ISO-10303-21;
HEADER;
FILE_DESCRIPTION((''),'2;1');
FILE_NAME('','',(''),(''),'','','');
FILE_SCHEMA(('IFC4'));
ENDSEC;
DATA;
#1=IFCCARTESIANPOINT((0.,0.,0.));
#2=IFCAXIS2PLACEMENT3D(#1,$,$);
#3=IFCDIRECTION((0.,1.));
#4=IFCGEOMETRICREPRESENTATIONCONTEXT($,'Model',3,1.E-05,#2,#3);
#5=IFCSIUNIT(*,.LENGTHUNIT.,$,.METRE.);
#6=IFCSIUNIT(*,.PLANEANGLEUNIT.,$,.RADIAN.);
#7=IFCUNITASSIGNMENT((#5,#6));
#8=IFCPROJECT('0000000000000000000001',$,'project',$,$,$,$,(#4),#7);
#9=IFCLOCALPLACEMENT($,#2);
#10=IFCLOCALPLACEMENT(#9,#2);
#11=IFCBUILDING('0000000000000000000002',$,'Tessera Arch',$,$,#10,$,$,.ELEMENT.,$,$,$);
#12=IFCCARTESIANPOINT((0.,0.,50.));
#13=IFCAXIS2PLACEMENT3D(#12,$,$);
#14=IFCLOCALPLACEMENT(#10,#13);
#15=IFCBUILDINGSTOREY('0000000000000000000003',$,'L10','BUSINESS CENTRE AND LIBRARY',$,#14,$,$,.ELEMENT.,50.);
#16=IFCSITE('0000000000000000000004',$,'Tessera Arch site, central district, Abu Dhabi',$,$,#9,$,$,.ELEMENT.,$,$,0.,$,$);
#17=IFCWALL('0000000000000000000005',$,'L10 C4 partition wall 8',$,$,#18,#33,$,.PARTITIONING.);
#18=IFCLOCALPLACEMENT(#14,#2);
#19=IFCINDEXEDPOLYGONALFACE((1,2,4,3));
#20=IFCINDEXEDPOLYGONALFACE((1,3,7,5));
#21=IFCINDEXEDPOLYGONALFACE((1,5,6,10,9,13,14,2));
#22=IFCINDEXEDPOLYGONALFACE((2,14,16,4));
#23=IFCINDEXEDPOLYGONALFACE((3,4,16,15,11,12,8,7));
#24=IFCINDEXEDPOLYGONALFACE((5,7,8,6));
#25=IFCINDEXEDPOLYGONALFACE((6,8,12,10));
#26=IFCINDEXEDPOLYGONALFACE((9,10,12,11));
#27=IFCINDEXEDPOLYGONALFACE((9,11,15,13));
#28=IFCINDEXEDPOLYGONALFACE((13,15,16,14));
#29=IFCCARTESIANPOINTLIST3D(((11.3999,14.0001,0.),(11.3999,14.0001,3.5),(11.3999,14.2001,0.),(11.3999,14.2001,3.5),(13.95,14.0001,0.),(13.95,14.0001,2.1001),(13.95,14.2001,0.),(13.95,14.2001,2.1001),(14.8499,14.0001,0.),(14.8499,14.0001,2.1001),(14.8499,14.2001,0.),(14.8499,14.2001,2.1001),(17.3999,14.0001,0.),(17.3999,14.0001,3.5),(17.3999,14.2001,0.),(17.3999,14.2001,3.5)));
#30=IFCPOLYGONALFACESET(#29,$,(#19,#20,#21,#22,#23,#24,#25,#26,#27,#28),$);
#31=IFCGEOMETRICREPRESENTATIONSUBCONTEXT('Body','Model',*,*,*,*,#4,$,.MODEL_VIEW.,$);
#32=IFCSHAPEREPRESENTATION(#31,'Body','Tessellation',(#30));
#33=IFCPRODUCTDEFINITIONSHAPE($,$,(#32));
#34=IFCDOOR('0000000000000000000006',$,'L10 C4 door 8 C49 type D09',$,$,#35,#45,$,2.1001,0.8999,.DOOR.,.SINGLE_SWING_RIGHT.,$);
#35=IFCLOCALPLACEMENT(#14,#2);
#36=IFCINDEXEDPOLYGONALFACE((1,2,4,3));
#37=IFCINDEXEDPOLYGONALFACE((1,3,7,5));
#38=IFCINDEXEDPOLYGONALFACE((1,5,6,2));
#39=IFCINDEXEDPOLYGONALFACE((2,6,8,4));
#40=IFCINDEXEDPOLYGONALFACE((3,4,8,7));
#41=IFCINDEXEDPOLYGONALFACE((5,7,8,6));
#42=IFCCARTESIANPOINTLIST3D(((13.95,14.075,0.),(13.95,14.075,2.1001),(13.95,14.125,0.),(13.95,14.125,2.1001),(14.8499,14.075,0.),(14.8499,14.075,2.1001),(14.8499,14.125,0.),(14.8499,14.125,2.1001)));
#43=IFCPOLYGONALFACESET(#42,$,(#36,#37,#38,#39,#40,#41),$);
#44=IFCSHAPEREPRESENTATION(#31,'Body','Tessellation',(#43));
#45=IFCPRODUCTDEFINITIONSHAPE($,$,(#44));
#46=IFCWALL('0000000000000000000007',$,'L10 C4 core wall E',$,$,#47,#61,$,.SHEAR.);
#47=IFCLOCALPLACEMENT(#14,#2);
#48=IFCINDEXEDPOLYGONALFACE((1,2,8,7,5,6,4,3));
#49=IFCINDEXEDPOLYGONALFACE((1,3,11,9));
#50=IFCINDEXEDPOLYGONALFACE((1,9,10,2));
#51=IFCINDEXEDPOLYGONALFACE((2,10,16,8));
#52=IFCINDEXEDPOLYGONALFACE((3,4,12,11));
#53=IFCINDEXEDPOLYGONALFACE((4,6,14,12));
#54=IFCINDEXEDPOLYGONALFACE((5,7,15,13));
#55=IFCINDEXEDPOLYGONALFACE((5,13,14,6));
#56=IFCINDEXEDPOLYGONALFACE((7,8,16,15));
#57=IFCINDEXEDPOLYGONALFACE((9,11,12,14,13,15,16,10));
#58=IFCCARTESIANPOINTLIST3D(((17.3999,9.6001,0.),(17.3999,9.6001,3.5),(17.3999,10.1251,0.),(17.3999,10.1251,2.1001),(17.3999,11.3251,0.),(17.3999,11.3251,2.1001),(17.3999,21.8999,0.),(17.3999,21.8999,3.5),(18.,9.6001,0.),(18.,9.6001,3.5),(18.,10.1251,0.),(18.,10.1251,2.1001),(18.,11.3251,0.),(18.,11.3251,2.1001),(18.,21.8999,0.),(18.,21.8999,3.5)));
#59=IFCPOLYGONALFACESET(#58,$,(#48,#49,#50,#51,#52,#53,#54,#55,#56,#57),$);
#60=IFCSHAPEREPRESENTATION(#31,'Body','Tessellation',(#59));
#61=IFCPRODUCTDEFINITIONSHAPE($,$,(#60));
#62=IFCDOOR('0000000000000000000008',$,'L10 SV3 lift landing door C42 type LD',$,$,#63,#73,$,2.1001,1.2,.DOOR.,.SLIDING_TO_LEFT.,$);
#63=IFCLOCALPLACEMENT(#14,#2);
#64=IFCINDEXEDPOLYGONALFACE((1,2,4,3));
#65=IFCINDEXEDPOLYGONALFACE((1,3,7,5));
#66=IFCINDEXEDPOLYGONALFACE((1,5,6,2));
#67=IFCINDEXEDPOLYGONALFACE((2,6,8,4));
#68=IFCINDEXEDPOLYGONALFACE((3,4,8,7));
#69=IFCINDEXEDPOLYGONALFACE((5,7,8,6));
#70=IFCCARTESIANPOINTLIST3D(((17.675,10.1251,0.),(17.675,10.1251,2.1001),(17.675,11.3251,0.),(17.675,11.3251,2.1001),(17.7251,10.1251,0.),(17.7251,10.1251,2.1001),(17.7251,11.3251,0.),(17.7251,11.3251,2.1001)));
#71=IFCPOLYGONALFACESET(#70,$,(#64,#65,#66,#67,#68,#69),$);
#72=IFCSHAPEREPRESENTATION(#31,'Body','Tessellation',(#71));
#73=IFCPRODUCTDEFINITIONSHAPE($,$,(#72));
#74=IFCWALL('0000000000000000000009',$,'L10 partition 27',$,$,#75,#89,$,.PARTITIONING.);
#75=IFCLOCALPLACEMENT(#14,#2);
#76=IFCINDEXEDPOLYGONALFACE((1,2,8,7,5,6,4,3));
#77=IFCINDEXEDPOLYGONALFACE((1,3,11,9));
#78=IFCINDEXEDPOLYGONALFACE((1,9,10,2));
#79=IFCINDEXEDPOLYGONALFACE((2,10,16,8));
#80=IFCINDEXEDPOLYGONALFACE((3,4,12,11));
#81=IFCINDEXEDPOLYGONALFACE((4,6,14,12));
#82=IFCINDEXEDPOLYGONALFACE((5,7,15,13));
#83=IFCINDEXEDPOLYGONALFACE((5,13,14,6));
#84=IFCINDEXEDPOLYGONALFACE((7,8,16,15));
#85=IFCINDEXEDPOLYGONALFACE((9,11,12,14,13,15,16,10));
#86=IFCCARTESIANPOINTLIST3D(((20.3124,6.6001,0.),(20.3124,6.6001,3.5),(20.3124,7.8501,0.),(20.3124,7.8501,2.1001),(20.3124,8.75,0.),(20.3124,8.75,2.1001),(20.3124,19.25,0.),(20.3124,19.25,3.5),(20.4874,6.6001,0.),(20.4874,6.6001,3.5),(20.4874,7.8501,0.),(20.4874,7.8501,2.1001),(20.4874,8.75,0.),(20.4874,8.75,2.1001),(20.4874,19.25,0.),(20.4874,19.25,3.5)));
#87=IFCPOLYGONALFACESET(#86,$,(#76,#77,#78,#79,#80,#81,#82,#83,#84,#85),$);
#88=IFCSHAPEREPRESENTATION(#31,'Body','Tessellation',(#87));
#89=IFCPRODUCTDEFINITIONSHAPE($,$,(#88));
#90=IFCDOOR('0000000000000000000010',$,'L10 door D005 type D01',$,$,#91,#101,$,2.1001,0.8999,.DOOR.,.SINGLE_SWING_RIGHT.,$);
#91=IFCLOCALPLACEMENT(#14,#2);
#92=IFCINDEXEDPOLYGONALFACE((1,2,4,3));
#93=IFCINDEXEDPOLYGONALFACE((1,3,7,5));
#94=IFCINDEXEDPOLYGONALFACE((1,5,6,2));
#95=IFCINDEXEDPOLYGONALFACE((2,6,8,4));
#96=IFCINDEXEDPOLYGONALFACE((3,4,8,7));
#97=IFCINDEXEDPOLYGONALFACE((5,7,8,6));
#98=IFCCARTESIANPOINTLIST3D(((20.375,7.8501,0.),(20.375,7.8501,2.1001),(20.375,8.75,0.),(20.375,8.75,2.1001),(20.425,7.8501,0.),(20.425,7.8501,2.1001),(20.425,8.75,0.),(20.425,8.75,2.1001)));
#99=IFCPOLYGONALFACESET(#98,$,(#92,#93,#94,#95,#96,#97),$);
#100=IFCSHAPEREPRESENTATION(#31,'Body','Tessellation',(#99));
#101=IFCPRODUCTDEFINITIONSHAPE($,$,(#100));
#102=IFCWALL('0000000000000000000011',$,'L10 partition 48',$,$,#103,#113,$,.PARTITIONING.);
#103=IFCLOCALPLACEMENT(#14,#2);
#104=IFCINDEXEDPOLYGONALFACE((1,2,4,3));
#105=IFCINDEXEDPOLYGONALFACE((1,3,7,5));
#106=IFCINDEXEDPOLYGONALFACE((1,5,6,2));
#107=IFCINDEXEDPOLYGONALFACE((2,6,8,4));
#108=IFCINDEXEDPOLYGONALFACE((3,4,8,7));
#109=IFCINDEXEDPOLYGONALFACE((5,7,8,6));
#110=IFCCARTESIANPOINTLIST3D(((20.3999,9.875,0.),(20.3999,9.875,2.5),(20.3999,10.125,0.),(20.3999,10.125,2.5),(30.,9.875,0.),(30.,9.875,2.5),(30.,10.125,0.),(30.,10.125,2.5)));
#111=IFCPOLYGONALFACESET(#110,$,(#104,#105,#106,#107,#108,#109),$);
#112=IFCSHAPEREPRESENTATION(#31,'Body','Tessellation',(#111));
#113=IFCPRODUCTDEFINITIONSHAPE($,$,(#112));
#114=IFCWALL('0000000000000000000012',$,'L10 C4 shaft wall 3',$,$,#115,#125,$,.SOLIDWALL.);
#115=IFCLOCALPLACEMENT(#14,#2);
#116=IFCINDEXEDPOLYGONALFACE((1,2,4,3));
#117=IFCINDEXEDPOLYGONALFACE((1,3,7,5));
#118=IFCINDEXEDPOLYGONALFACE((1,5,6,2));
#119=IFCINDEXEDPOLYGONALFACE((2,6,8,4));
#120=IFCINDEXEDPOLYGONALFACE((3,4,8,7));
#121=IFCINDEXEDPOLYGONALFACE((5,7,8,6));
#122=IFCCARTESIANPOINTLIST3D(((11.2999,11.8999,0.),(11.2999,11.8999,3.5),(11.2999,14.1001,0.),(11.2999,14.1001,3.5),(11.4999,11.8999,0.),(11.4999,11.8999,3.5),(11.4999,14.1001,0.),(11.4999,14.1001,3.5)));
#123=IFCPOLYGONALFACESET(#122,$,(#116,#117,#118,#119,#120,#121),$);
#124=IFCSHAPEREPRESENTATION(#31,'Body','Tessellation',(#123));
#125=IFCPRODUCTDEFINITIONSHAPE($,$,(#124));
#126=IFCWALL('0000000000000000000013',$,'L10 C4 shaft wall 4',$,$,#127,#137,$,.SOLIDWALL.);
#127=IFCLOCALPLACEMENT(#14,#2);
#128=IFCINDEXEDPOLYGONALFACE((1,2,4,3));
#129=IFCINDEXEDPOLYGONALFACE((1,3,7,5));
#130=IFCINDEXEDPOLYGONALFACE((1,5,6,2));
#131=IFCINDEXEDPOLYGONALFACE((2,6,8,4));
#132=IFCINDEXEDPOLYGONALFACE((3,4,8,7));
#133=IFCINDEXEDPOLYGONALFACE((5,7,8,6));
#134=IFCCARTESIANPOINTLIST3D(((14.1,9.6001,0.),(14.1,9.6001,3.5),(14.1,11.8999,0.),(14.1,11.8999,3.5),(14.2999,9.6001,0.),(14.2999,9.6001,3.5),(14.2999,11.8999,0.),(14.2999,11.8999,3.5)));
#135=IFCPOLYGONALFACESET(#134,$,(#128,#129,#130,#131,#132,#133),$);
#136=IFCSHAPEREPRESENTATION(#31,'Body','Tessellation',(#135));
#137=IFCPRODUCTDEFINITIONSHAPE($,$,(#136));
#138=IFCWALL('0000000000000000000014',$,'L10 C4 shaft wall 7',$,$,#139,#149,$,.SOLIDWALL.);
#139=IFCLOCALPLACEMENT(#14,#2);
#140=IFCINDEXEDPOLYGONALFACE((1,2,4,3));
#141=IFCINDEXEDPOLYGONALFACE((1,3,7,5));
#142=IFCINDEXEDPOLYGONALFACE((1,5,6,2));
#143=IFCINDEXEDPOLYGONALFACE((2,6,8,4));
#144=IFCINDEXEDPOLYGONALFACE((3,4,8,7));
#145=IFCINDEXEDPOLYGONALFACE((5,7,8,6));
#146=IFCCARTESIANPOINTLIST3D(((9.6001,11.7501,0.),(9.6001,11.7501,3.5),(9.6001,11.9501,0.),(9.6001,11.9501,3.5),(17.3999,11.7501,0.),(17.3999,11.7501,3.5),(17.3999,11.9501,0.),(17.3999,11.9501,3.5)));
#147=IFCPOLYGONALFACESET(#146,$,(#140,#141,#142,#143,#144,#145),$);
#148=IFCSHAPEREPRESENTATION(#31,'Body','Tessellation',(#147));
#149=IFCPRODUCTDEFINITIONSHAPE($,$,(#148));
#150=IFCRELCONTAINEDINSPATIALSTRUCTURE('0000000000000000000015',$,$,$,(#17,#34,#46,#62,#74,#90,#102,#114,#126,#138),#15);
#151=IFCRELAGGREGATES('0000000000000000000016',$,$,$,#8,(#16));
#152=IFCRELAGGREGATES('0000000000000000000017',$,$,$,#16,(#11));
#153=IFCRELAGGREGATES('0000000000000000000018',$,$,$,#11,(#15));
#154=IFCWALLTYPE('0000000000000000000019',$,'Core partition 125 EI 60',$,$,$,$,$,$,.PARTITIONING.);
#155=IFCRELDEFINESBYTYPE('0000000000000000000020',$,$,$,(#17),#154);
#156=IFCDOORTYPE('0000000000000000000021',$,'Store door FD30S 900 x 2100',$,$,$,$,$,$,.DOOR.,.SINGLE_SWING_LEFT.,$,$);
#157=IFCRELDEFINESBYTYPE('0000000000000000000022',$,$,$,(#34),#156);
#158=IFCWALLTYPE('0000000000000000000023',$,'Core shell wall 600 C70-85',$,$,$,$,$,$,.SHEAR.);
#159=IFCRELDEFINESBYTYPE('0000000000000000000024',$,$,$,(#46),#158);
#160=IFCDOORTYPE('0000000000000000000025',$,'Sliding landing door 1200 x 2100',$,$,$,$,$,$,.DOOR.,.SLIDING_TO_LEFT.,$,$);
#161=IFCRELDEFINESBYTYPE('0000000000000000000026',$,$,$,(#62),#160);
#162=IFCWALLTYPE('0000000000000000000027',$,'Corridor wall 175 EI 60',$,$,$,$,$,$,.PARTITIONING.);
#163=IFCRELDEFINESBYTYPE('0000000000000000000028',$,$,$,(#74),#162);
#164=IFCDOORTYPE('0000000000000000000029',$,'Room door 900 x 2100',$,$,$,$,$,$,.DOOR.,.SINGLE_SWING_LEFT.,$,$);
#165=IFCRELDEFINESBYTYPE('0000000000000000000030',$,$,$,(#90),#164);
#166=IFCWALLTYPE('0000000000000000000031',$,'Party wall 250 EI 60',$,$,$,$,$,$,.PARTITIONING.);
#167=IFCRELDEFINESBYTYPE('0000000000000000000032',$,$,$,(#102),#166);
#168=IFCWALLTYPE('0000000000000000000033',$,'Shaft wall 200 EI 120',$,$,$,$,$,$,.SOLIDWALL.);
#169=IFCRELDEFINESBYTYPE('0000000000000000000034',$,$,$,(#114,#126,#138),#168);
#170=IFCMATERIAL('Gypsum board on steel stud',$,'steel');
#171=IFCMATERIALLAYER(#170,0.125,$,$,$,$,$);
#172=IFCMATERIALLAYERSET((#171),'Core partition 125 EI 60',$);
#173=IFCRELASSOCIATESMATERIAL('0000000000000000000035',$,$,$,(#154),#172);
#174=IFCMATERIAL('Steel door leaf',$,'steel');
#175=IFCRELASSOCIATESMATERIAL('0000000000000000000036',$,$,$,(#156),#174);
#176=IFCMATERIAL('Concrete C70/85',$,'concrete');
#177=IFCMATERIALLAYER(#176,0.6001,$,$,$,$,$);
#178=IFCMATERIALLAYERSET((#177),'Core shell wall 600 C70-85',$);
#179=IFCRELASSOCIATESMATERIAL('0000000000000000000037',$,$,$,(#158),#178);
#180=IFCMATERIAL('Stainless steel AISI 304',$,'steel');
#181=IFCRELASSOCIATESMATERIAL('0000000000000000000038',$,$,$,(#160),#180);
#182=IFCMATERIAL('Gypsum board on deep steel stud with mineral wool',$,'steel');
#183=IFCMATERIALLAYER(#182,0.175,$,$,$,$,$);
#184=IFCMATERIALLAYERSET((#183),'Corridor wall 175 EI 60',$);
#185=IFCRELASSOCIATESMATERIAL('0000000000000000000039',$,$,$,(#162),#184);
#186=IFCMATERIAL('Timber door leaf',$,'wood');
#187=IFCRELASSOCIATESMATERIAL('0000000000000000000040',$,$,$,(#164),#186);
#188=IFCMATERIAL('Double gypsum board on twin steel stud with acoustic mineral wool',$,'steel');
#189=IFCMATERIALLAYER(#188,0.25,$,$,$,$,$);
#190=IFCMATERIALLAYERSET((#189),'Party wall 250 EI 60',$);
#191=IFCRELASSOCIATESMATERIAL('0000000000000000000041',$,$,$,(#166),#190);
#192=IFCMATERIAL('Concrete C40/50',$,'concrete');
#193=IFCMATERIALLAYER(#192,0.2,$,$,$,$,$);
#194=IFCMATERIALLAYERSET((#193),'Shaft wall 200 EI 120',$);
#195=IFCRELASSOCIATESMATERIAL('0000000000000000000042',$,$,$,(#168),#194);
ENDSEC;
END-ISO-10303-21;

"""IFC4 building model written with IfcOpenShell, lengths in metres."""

from ifc_helpers import new_model, si_unit, direction, frame, frame_2d, origin, place, context, subcontext, project, spatial, rectangle, extrude, material, layer, layer_set, type_object, element, fill, save


model = new_model("IFC4")

# Units and contexts
model_context = context("Model", 3, precision=1e-05, world=origin(), true_north=direction((0.0, 1.0)))
body_context = subcontext(model_context, "Body", "Model", "MODEL_VIEW")
ifc_project = project(units=[si_unit("LENGTHUNIT", "METRE"), si_unit("PLANEANGLEUNIT", "RADIAN")], contexts=[model_context])

# Site, building, storey
site_placement = place(None, origin())
site = spatial("IfcSite", under=ifc_project, at=site_placement, Name="Tessera Arch site, central district, Abu Dhabi", CompositionType="ELEMENT", RefElevation=0.0)
building_placement = place(site_placement, origin())
building = spatial("IfcBuilding", under=site, at=building_placement, Name="Tessera Arch", CompositionType="ELEMENT")
storey_placement = place(building_placement, frame((0.0, 0.0, 50.0)))
storey = spatial("IfcBuildingStorey", under=building, at=storey_placement, Name="L10", Description="BUSINESS CENTRE AND LIBRARY", CompositionType="ELEMENT", Elevation=50.0)

# Walls, openings, doors
ifc_material_1 = material(Name="Gypsum board on steel stud", Category="steel")
ifc_layer_1 = layer(ifc_material_1, 0.125)
ifc_layer_set_1 = layer_set([ifc_layer_1], Name="Core partition 125 EI 60")
wall_type_1 = type_object("IfcWallType", Name="Core partition 125 EI 60", PredefinedType="PARTITIONING", material=ifc_layer_set_1)
wall_1_placement = place(storey_placement, frame((11.3999, 14.1001, 0.0), z_axis=(0.0, 0.0, 1.0), x_axis=(1.0, 0.0, 0.0)))
wall_1 = element("IfcWall", 1, at=wall_1_placement, inside=storey, type_object=wall_type_1, Name="L10 C4 partition wall 8", PredefinedType="PARTITIONING", context=body_context, shape_type="SweptSolid", body=[
    extrude(rectangle(XDim=6.0, YDim=0.2, at=frame_2d((3.0, 0.0))), origin(), (0.0, 0.0, 1.0), 3.5),
])
opening_1_placement = place(wall_1_placement, frame((2.55, 0.0, 0.0)))
opening_1 = element("IfcOpeningElement", 2, at=opening_1_placement, cuts=wall_1, PredefinedType="OPENING", context=body_context, shape_type="SweptSolid", body=[
    extrude(rectangle(XDim=0.8999, YDim=2.1001, at=frame_2d((0.45, 1.05))), frame((0.0, 0.1099, 0.0), z_axis=(0.0, -1.0, 0.0), x_axis=(1.0, 0.0, 0.0)), (0.0, 0.0, 1.0), 0.22),
])
ifc_material_2 = material(Name="Steel door leaf", Category="steel")
door_type_1 = type_object("IfcDoorType", Name="Store door FD30S 900 x 2100", OperationType="SINGLE_SWING_LEFT", PredefinedType="DOOR", material=ifc_material_2)
door_1_placement = place(opening_1_placement, origin())
door_1 = element("IfcDoor", 3, at=door_1_placement, inside=storey, type_object=door_type_1, Name="L10 C4 door 8 C49 type D09", OperationType="SINGLE_SWING_RIGHT", OverallHeight=2.1001, OverallWidth=0.8999, PredefinedType="DOOR", context=body_context, shape_type="SweptSolid", body=[
    extrude(rectangle(XDim=0.8999, YDim=2.1001, at=frame_2d((0.45, 1.05))), frame((0.0, 0.0249, 0.0), z_axis=(0.0, -1.0, 0.0), x_axis=(1.0, 0.0, 0.0)), (0.0, 0.0, 1.0), 0.05),
])
fill(opening_1, door_1)
ifc_material_3 = material(Name="Concrete C70/85", Category="concrete")
ifc_layer_2 = layer(ifc_material_3, 0.6001)
ifc_layer_set_2 = layer_set([ifc_layer_2], Name="Core shell wall 600 C70-85")
wall_type_2 = type_object("IfcWallType", Name="Core shell wall 600 C70-85", PredefinedType="SHEAR", material=ifc_layer_set_2)
wall_2_placement = place(storey_placement, frame((17.7, 9.6001, 0.0), z_axis=(0.0, 0.0, 1.0), x_axis=(0.0, 1.0, 0.0)))
wall_2 = element("IfcWall", 4, at=wall_2_placement, inside=storey, type_object=wall_type_2, Name="L10 C4 core wall E", PredefinedType="SHEAR", context=body_context, shape_type="SweptSolid", body=[
    extrude(rectangle(XDim=12.2998, YDim=0.6001, at=frame_2d((6.1499, 0.0))), origin(), (0.0, 0.0, 1.0), 3.5),
])
opening_2_placement = place(wall_2_placement, frame((0.5249, 0.0, 0.0)))
opening_2 = element("IfcOpeningElement", 5, at=opening_2_placement, cuts=wall_2, PredefinedType="OPENING", context=body_context, shape_type="SweptSolid", body=[
    extrude(rectangle(XDim=1.2, YDim=2.1001, at=frame_2d((0.6001, 1.05))), frame((0.0, 0.3101, 0.0), z_axis=(0.0, -1.0, 0.0), x_axis=(1.0, 0.0, 0.0)), (0.0, 0.0, 1.0), 0.6201),
])
ifc_material_4 = material(Name="Stainless steel AISI 304", Category="steel")
door_type_2 = type_object("IfcDoorType", Name="Sliding landing door 1200 x 2100", OperationType="SLIDING_TO_LEFT", PredefinedType="DOOR", material=ifc_material_4)
door_2_placement = place(opening_2_placement, origin())
door_2 = element("IfcDoor", 6, at=door_2_placement, inside=storey, type_object=door_type_2, Name="L10 SV3 lift landing door C42 type LD", OperationType="SLIDING_TO_LEFT", OverallHeight=2.1001, OverallWidth=1.2, PredefinedType="DOOR", context=body_context, shape_type="SweptSolid", body=[
    extrude(rectangle(XDim=1.2, YDim=2.1001, at=frame_2d((0.6001, 1.05))), frame((0.0, 0.0249, 0.0), z_axis=(0.0, -1.0, 0.0), x_axis=(1.0, 0.0, 0.0)), (0.0, 0.0, 1.0), 0.05),
])
fill(opening_2, door_2)
ifc_material_5 = material(Name="Gypsum board on deep steel stud with mineral wool", Category="steel")
ifc_layer_3 = layer(ifc_material_5, 0.175)
ifc_layer_set_3 = layer_set([ifc_layer_3], Name="Corridor wall 175 EI 60")
wall_type_3 = type_object("IfcWallType", Name="Corridor wall 175 EI 60", PredefinedType="PARTITIONING", material=ifc_layer_set_3)
wall_3_placement = place(storey_placement, frame((20.3999, 6.6001, 0.0), z_axis=(0.0, 0.0, 1.0), x_axis=(0.0, 1.0, 0.0)))
wall_3 = element("IfcWall", 7, at=wall_3_placement, inside=storey, type_object=wall_type_3, Name="L10 partition 27", PredefinedType="PARTITIONING", context=body_context, shape_type="SweptSolid", body=[
    extrude(rectangle(XDim=12.6499, YDim=0.175, at=frame_2d((6.325, 0.0))), origin(), (0.0, 0.0, 1.0), 3.5),
])
opening_3_placement = place(wall_3_placement, frame((1.25, 0.0, 0.0)))
opening_3 = element("IfcOpeningElement", 8, at=opening_3_placement, cuts=wall_3, PredefinedType="OPENING", context=body_context, shape_type="SweptSolid", body=[
    extrude(rectangle(XDim=0.8999, YDim=2.1001, at=frame_2d((0.45, 1.05))), frame((0.0, 0.0974, 0.0), z_axis=(0.0, -1.0, 0.0), x_axis=(1.0, 0.0, 0.0)), (0.0, 0.0, 1.0), 0.1951),
])
ifc_material_6 = material(Name="Timber door leaf", Category="wood")
door_type_3 = type_object("IfcDoorType", Name="Room door 900 x 2100", OperationType="SINGLE_SWING_LEFT", PredefinedType="DOOR", material=ifc_material_6)
door_3_placement = place(opening_3_placement, origin())
door_3 = element("IfcDoor", 9, at=door_3_placement, inside=storey, type_object=door_type_3, Name="L10 door D005 type D01", OperationType="SINGLE_SWING_RIGHT", OverallHeight=2.1001, OverallWidth=0.8999, PredefinedType="DOOR", context=body_context, shape_type="SweptSolid", body=[
    extrude(rectangle(XDim=0.8999, YDim=2.1001, at=frame_2d((0.45, 1.05))), frame((0.0, 0.0249, 0.0), z_axis=(0.0, -1.0, 0.0), x_axis=(1.0, 0.0, 0.0)), (0.0, 0.0, 1.0), 0.05),
])
fill(opening_3, door_3)

# Walls
ifc_material_7 = material(Name="Double gypsum board on twin steel stud with acoustic mineral wool", Category="steel")
ifc_layer_4 = layer(ifc_material_7, 0.25)
ifc_layer_set_4 = layer_set([ifc_layer_4], Name="Party wall 250 EI 60")
wall_type_4 = type_object("IfcWallType", Name="Party wall 250 EI 60", PredefinedType="PARTITIONING", material=ifc_layer_set_4)
wall_4_placement = place(storey_placement, frame((20.3999, 10.0, 0.0), z_axis=(0.0, 0.0, 1.0), x_axis=(1.0, 0.0, 0.0)))
element("IfcWall", 10, at=wall_4_placement, inside=storey, type_object=wall_type_4, Name="L10 partition 48", PredefinedType="PARTITIONING", context=body_context, shape_type="SweptSolid", body=[
    extrude(rectangle(XDim=9.6001, YDim=0.25, at=frame_2d((4.8, 0.0))), origin(), (0.0, 0.0, 1.0), 2.5),
])
ifc_material_8 = material(Name="Concrete C40/50", Category="concrete")
ifc_layer_5 = layer(ifc_material_8, 0.2)
ifc_layer_set_5 = layer_set([ifc_layer_5], Name="Shaft wall 200 EI 120")
wall_type_5 = type_object("IfcWallType", Name="Shaft wall 200 EI 120", PredefinedType="SOLIDWALL", material=ifc_layer_set_5)
wall_5_placement = place(storey_placement, frame((11.3999, 11.8999, 0.0), z_axis=(0.0, 0.0, 1.0), x_axis=(0.0, 1.0, 0.0)))
element("IfcWall", 11, at=wall_5_placement, inside=storey, type_object=wall_type_5, Name="L10 C4 shaft wall 3", PredefinedType="SOLIDWALL", context=body_context, shape_type="SweptSolid", body=[
    extrude(rectangle(XDim=2.2002, YDim=0.2, at=frame_2d((1.1001, 0.0))), origin(), (0.0, 0.0, 1.0), 3.5),
])
wall_6_placement = place(storey_placement, frame((14.2, 9.6001, 0.0), z_axis=(0.0, 0.0, 1.0), x_axis=(0.0, 1.0, 0.0)))
element("IfcWall", 12, at=wall_6_placement, inside=storey, type_object=wall_type_5, Name="L10 C4 shaft wall 4", PredefinedType="SOLIDWALL", context=body_context, shape_type="SweptSolid", body=[
    extrude(rectangle(XDim=2.2998, YDim=0.2, at=frame_2d((1.1499, 0.0))), origin(), (0.0, 0.0, 1.0), 3.5),
])
wall_7_placement = place(storey_placement, frame((9.6001, 11.8501, 0.0), z_axis=(0.0, 0.0, 1.0), x_axis=(1.0, 0.0, 0.0)))
element("IfcWall", 13, at=wall_7_placement, inside=storey, type_object=wall_type_5, Name="L10 C4 shaft wall 7", PredefinedType="SOLIDWALL", context=body_context, shape_type="SweptSolid", body=[
    extrude(rectangle(XDim=7.7998, YDim=0.2, at=frame_2d((3.8999, 0.0))), origin(), (0.0, 0.0, 1.0), 3.5),
])

save(model, "model.ifc")
